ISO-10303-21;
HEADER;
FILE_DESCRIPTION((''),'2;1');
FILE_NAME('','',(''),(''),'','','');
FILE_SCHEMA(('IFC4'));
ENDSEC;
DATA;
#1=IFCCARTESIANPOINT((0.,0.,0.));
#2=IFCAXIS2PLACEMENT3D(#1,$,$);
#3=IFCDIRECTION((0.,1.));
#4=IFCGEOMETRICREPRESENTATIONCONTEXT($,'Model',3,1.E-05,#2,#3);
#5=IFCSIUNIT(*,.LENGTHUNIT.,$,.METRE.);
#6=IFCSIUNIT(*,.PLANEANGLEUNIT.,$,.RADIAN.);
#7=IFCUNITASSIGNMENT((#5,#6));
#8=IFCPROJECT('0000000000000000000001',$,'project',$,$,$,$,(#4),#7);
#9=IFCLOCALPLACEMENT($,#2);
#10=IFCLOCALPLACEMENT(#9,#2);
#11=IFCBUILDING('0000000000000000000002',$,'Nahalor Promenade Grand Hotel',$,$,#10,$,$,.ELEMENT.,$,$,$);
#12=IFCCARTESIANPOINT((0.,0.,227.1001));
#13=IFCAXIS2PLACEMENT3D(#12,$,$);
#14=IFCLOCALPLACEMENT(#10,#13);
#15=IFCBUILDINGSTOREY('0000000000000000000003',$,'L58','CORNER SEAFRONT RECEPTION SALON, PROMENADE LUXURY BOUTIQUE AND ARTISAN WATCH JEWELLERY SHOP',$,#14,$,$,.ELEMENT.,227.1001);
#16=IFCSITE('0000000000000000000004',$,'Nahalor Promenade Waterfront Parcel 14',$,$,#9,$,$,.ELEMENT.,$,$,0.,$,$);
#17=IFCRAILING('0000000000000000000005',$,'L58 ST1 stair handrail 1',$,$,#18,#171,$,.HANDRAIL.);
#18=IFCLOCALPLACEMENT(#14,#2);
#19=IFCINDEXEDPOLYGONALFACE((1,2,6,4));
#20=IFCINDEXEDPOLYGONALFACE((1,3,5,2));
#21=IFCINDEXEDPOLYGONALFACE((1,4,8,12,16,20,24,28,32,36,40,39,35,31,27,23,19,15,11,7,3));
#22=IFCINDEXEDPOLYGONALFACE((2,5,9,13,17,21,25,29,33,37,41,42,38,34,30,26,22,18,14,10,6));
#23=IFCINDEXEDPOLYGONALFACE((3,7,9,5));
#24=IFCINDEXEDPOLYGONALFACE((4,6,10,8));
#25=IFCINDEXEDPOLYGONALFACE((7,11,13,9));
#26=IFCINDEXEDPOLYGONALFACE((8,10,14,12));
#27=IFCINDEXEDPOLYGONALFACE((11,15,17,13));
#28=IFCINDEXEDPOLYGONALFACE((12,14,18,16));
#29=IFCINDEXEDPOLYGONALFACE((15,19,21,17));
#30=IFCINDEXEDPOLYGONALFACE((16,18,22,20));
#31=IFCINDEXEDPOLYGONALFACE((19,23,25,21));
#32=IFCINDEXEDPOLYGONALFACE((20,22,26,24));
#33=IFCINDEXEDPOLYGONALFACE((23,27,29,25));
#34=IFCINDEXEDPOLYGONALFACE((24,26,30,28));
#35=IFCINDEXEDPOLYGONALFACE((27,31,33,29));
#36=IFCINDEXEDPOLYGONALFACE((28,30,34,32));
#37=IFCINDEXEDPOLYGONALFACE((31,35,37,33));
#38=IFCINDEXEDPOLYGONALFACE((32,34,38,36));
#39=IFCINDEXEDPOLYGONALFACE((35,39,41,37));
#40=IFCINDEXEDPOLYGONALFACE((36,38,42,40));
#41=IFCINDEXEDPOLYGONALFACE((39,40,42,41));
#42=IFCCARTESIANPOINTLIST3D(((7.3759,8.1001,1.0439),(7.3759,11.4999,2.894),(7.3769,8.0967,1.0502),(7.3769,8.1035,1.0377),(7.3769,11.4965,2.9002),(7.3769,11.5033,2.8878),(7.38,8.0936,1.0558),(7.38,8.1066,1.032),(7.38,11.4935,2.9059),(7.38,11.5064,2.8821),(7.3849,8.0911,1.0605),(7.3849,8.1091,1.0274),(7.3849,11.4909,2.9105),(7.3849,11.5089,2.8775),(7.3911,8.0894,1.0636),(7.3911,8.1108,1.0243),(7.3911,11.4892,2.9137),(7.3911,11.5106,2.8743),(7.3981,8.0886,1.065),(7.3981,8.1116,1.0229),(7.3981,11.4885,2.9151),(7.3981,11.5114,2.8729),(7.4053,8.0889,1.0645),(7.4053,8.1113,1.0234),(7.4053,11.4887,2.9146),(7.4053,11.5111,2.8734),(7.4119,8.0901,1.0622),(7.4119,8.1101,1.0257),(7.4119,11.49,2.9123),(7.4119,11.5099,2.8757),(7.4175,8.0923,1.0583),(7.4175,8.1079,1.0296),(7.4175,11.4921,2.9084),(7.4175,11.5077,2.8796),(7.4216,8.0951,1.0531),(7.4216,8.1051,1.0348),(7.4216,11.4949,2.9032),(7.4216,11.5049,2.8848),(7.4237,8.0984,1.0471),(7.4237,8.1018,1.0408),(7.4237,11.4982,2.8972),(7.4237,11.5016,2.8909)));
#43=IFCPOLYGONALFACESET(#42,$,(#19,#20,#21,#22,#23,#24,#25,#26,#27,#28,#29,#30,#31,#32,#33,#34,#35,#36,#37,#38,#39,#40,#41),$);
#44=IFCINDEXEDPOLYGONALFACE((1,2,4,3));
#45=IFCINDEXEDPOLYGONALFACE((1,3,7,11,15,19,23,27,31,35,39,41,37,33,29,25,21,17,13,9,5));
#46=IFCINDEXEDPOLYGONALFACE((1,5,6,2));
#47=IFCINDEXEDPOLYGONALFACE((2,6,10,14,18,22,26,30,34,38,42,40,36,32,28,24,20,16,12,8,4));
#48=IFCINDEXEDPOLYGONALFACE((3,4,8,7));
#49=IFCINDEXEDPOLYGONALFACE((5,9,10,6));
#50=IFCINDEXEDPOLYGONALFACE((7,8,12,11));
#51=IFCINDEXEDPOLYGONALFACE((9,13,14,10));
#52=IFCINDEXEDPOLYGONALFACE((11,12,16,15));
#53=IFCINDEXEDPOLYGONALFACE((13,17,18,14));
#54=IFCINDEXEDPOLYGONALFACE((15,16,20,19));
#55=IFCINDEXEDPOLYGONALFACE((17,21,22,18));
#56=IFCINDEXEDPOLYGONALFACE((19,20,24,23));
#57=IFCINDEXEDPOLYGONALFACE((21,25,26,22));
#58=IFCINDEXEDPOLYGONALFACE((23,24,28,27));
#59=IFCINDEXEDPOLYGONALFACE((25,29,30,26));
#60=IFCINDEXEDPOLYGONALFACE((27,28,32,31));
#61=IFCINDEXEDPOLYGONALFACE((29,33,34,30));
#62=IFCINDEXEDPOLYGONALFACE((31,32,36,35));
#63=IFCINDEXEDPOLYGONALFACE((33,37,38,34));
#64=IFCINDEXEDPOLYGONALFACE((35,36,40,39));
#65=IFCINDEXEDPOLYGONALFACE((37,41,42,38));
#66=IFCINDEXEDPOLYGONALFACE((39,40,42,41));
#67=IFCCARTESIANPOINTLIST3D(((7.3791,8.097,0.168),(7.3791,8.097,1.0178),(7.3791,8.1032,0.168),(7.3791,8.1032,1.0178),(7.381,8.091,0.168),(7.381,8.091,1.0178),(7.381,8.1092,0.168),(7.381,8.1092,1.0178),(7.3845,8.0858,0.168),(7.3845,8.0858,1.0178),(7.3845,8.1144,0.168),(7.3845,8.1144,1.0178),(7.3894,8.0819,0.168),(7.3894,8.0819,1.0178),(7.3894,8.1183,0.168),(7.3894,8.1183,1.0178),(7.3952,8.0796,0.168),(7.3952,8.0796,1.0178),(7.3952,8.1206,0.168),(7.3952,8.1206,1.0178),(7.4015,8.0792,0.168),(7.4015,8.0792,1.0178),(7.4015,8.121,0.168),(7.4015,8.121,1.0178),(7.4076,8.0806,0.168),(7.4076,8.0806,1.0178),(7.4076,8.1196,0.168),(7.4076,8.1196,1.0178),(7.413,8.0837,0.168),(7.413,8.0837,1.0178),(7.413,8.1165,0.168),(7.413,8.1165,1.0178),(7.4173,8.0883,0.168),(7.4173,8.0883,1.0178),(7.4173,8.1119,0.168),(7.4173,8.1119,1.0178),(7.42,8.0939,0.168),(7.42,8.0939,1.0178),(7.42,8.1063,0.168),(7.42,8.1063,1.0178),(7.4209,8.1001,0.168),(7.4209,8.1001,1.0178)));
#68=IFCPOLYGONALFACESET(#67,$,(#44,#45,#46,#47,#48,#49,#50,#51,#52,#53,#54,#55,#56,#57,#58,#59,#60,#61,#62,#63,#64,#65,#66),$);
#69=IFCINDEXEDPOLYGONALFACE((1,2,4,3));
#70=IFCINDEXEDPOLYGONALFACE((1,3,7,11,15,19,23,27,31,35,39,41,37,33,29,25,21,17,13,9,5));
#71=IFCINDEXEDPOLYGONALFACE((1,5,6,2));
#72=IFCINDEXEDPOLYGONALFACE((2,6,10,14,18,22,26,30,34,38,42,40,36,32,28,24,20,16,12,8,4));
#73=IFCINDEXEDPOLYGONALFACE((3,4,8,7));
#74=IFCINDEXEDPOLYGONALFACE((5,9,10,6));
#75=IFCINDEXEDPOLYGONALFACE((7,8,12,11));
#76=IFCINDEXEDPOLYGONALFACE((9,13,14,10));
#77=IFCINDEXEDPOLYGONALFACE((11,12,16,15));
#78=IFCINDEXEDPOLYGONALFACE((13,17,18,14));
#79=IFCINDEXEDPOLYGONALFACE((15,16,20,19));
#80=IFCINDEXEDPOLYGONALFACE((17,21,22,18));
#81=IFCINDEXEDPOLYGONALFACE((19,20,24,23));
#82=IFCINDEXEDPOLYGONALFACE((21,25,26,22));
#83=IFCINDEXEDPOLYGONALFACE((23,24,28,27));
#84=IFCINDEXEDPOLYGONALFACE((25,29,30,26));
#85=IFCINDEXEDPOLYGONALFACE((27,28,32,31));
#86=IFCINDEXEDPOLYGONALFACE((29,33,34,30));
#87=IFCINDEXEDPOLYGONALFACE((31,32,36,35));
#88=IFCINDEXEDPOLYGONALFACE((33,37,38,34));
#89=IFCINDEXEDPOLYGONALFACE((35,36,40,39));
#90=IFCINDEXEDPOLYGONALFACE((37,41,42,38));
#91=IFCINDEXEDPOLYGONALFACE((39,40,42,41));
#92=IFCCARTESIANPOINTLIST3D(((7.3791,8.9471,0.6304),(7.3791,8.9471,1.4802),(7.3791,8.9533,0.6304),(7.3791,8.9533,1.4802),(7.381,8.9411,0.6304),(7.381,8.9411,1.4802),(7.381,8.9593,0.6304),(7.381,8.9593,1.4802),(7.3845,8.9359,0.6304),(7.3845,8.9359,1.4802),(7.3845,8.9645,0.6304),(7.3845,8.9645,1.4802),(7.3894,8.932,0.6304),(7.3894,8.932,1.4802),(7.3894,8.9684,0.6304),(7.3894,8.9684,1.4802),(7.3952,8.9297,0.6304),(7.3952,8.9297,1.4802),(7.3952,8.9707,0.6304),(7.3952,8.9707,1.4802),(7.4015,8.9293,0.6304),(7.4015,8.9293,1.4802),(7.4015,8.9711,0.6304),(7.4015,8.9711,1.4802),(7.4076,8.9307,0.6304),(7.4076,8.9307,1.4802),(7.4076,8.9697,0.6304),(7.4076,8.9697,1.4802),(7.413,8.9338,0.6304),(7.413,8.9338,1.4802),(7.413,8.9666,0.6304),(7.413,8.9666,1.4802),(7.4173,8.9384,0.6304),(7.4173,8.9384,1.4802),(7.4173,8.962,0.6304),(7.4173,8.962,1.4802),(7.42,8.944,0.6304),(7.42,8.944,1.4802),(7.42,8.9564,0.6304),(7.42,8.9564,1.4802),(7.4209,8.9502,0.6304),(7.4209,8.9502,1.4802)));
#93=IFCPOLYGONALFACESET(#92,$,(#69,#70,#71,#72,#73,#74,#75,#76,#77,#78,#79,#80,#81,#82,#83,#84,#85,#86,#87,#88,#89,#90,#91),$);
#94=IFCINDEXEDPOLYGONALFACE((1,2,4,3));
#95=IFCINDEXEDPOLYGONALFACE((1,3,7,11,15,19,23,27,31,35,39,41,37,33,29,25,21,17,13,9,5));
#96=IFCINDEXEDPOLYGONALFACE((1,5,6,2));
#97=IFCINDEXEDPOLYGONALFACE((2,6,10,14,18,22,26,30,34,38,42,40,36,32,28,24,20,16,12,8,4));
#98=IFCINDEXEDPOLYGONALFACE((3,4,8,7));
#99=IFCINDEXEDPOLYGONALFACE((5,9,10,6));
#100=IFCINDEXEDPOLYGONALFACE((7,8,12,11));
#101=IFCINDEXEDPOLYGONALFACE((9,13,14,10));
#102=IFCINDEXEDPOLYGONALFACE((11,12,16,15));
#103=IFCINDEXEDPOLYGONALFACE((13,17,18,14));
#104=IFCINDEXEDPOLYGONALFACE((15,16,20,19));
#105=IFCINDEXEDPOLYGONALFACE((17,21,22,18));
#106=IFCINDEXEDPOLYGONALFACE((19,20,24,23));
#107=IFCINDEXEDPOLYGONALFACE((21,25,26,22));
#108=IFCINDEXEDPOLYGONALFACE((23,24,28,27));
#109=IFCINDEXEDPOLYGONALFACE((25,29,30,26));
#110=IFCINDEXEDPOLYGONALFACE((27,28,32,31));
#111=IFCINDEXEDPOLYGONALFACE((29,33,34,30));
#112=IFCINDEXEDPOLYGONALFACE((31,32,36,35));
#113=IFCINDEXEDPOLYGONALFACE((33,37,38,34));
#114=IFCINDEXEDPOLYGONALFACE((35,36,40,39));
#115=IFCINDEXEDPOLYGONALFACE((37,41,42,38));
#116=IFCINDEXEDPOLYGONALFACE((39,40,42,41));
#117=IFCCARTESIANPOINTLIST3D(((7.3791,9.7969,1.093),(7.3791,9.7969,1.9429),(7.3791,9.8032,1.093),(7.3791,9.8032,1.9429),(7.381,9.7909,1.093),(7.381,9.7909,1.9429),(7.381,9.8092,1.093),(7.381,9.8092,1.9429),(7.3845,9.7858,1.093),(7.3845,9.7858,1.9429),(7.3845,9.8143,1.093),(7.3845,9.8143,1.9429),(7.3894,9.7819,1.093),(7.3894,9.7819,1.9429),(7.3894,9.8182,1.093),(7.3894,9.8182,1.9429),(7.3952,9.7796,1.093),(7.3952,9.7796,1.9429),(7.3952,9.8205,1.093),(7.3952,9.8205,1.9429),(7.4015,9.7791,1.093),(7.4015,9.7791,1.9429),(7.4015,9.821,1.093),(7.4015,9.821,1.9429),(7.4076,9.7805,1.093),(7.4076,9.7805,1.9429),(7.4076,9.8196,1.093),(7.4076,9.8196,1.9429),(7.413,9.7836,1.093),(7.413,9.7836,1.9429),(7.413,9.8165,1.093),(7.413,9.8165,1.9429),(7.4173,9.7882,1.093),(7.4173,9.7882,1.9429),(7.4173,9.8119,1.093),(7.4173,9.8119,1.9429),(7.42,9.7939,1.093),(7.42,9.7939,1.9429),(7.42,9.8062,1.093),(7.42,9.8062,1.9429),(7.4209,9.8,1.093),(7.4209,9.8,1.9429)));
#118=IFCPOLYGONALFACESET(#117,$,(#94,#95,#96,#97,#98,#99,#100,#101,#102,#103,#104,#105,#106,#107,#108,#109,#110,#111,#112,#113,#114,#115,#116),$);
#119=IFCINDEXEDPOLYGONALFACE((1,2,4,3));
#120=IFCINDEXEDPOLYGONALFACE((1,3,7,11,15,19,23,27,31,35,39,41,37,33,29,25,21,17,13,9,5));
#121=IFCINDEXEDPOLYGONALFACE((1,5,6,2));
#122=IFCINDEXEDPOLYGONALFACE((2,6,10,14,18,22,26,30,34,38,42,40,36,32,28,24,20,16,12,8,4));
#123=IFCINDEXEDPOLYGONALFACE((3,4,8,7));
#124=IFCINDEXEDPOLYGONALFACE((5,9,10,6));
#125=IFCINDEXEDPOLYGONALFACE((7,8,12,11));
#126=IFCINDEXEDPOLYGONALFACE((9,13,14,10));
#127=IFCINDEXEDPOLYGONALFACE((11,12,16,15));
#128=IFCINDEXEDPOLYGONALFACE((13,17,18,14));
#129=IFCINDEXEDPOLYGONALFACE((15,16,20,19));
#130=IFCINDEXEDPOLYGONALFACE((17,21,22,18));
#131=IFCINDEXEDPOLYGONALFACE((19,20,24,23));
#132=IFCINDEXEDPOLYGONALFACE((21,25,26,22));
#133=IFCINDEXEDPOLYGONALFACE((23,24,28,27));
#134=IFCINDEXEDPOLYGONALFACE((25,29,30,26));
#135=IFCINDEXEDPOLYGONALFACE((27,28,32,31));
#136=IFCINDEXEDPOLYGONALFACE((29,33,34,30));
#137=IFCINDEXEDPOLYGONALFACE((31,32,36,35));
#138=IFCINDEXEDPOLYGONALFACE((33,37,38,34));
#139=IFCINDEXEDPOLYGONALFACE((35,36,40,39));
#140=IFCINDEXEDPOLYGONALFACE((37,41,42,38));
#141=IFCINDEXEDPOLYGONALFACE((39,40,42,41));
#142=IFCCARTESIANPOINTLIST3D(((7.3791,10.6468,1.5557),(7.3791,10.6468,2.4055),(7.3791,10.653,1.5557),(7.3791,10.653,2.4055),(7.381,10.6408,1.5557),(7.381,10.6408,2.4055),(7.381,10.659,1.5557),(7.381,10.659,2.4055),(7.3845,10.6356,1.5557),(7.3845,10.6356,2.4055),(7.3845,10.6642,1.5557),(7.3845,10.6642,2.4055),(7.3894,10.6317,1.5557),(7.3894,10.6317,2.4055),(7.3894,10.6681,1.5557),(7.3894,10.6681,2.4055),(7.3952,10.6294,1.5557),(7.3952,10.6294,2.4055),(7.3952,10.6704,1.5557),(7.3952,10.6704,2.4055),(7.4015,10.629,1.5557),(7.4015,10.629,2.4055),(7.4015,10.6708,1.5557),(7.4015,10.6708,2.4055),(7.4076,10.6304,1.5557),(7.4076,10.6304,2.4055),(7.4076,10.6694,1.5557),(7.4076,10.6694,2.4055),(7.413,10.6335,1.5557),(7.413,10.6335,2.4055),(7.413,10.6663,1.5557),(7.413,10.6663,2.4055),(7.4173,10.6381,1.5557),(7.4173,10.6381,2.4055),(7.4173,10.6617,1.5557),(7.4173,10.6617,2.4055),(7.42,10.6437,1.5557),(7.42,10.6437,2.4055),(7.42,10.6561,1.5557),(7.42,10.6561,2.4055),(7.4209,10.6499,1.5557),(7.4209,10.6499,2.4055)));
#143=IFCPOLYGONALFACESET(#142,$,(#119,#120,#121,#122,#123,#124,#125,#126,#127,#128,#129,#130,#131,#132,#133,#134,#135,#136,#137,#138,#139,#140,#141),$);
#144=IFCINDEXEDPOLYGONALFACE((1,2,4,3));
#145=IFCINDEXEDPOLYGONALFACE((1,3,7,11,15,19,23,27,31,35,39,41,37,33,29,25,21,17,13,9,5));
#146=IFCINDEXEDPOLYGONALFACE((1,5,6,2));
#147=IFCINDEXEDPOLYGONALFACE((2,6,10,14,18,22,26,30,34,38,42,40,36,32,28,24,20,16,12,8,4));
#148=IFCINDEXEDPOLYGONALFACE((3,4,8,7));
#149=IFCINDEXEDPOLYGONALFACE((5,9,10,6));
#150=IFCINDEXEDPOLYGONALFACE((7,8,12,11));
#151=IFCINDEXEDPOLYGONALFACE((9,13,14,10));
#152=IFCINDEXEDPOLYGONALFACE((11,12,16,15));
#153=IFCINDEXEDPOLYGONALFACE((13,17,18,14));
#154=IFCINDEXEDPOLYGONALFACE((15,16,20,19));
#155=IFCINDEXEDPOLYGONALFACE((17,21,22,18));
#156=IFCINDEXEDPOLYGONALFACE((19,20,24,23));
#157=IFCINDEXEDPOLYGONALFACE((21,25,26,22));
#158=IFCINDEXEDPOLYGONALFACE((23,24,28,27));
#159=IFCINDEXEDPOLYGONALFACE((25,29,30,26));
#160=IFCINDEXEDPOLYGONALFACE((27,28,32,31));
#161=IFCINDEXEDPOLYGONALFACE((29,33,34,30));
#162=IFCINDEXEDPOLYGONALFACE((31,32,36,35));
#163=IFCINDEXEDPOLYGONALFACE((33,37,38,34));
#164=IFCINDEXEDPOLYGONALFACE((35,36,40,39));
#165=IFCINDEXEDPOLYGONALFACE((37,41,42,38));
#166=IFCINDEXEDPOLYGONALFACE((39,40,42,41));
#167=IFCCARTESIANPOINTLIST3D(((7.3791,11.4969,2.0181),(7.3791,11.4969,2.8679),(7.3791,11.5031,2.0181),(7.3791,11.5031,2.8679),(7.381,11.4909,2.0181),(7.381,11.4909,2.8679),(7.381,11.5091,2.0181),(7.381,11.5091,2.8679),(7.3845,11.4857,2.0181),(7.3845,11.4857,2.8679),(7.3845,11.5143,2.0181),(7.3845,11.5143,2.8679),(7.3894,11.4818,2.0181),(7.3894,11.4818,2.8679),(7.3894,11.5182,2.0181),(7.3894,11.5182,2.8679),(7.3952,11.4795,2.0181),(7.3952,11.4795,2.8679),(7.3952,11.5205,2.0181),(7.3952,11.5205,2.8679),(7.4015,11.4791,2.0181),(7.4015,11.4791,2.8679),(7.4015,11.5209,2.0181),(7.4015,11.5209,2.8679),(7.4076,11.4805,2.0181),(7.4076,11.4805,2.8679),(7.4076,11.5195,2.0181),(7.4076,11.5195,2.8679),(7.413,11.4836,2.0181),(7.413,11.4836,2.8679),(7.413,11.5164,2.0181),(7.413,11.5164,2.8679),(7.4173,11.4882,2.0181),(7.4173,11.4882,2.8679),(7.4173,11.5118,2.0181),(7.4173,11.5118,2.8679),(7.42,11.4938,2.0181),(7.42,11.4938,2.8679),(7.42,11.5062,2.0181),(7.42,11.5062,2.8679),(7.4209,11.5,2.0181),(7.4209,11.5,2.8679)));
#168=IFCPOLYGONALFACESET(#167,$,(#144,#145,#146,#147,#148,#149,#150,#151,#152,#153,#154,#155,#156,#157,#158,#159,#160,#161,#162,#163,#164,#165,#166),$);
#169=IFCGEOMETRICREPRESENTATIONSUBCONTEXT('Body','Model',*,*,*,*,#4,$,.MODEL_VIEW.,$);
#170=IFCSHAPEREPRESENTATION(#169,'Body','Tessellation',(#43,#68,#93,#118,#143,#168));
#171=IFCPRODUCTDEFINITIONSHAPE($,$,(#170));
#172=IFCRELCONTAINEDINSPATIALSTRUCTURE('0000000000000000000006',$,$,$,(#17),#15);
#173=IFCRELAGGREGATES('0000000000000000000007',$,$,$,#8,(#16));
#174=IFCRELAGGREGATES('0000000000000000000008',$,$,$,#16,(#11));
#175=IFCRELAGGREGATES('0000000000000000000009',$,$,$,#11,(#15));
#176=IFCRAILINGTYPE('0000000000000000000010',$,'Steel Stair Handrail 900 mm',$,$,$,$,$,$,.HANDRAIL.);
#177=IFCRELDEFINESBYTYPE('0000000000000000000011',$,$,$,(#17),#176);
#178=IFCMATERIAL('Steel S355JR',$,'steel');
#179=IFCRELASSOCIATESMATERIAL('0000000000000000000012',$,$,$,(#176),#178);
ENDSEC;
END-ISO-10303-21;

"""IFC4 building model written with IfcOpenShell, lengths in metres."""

from ifc_helpers import new_model, si_unit, direction, frame, origin, origin_2d, place, context, subcontext, project, spatial, circle, extrude, material, type_object, element, save


model = new_model("IFC4")

# Units and contexts
model_context = context("Model", 3, precision=1e-05, world=origin(), true_north=direction((0.0, 1.0)))
body_context = subcontext(model_context, "Body", "Model", "MODEL_VIEW")
ifc_project = project(units=[si_unit("LENGTHUNIT", "METRE"), si_unit("PLANEANGLEUNIT", "RADIAN")], contexts=[model_context])

# Site, building, storey
site_placement = place(None, origin())
site = spatial("IfcSite", under=ifc_project, at=site_placement, Name="Nahalor Promenade Waterfront Parcel 14", CompositionType="ELEMENT", RefElevation=0.0)
building_placement = place(site_placement, origin())
building = spatial("IfcBuilding", under=site, at=building_placement, Name="Nahalor Promenade Grand Hotel", CompositionType="ELEMENT")
storey_placement = place(building_placement, frame((0.0, 0.0, 227.1001)))
storey = spatial("IfcBuildingStorey", under=building, at=storey_placement, Name="L58", Description="CORNER SEAFRONT RECEPTION SALON, PROMENADE LUXURY BOUTIQUE AND ARTISAN WATCH JEWELLERY SHOP", CompositionType="ELEMENT", Elevation=227.1001)

# Shared definitions
ifc_material_1 = material(Name="Steel S355JR", Category="steel")

# Railing
railing_type_1 = type_object("IfcRailingType", Name="Steel Stair Handrail 900 mm", PredefinedType="HANDRAIL", material=ifc_material_1)
railing_1_placement = place(storey_placement, frame((7.3999, 8.1001, 0.168)))
element("IfcRailing", 1, at=railing_1_placement, inside=storey, type_object=railing_type_1, Name="L58 ST1 stair handrail 1", PredefinedType="HANDRAIL", context=body_context, shape_type="SweptSolid", body=[
    extrude(circle(Radius=0.024, at=origin_2d()), frame((0.0, 0.0, 0.876), z_axis=(0.0, 0.878372, 0.477977), x_axis=(-1.0, 0.0, 0.0)), (0.0, 0.0, 1.0), 3.8706),
    extrude(circle(Radius=0.021, at=origin_2d()), origin(), (0.0, 0.0, 1.0), 0.8499),
    extrude(circle(Radius=0.021, at=origin_2d()), frame((0.0, 0.8501, 0.4624)), (0.0, 0.0, 1.0), 0.8499),
    extrude(circle(Radius=0.021, at=origin_2d()), frame((0.0, 1.7, 0.925)), (0.0, 0.0, 1.0), 0.8499),
    extrude(circle(Radius=0.021, at=origin_2d()), frame((0.0, 2.5498, 1.3877)), (0.0, 0.0, 1.0), 0.8499),
    extrude(circle(Radius=0.021, at=origin_2d()), frame((0.0, 3.3999, 1.8501)), (0.0, 0.0, 1.0), 0.8499),
])

save(model, "model.ifc")
